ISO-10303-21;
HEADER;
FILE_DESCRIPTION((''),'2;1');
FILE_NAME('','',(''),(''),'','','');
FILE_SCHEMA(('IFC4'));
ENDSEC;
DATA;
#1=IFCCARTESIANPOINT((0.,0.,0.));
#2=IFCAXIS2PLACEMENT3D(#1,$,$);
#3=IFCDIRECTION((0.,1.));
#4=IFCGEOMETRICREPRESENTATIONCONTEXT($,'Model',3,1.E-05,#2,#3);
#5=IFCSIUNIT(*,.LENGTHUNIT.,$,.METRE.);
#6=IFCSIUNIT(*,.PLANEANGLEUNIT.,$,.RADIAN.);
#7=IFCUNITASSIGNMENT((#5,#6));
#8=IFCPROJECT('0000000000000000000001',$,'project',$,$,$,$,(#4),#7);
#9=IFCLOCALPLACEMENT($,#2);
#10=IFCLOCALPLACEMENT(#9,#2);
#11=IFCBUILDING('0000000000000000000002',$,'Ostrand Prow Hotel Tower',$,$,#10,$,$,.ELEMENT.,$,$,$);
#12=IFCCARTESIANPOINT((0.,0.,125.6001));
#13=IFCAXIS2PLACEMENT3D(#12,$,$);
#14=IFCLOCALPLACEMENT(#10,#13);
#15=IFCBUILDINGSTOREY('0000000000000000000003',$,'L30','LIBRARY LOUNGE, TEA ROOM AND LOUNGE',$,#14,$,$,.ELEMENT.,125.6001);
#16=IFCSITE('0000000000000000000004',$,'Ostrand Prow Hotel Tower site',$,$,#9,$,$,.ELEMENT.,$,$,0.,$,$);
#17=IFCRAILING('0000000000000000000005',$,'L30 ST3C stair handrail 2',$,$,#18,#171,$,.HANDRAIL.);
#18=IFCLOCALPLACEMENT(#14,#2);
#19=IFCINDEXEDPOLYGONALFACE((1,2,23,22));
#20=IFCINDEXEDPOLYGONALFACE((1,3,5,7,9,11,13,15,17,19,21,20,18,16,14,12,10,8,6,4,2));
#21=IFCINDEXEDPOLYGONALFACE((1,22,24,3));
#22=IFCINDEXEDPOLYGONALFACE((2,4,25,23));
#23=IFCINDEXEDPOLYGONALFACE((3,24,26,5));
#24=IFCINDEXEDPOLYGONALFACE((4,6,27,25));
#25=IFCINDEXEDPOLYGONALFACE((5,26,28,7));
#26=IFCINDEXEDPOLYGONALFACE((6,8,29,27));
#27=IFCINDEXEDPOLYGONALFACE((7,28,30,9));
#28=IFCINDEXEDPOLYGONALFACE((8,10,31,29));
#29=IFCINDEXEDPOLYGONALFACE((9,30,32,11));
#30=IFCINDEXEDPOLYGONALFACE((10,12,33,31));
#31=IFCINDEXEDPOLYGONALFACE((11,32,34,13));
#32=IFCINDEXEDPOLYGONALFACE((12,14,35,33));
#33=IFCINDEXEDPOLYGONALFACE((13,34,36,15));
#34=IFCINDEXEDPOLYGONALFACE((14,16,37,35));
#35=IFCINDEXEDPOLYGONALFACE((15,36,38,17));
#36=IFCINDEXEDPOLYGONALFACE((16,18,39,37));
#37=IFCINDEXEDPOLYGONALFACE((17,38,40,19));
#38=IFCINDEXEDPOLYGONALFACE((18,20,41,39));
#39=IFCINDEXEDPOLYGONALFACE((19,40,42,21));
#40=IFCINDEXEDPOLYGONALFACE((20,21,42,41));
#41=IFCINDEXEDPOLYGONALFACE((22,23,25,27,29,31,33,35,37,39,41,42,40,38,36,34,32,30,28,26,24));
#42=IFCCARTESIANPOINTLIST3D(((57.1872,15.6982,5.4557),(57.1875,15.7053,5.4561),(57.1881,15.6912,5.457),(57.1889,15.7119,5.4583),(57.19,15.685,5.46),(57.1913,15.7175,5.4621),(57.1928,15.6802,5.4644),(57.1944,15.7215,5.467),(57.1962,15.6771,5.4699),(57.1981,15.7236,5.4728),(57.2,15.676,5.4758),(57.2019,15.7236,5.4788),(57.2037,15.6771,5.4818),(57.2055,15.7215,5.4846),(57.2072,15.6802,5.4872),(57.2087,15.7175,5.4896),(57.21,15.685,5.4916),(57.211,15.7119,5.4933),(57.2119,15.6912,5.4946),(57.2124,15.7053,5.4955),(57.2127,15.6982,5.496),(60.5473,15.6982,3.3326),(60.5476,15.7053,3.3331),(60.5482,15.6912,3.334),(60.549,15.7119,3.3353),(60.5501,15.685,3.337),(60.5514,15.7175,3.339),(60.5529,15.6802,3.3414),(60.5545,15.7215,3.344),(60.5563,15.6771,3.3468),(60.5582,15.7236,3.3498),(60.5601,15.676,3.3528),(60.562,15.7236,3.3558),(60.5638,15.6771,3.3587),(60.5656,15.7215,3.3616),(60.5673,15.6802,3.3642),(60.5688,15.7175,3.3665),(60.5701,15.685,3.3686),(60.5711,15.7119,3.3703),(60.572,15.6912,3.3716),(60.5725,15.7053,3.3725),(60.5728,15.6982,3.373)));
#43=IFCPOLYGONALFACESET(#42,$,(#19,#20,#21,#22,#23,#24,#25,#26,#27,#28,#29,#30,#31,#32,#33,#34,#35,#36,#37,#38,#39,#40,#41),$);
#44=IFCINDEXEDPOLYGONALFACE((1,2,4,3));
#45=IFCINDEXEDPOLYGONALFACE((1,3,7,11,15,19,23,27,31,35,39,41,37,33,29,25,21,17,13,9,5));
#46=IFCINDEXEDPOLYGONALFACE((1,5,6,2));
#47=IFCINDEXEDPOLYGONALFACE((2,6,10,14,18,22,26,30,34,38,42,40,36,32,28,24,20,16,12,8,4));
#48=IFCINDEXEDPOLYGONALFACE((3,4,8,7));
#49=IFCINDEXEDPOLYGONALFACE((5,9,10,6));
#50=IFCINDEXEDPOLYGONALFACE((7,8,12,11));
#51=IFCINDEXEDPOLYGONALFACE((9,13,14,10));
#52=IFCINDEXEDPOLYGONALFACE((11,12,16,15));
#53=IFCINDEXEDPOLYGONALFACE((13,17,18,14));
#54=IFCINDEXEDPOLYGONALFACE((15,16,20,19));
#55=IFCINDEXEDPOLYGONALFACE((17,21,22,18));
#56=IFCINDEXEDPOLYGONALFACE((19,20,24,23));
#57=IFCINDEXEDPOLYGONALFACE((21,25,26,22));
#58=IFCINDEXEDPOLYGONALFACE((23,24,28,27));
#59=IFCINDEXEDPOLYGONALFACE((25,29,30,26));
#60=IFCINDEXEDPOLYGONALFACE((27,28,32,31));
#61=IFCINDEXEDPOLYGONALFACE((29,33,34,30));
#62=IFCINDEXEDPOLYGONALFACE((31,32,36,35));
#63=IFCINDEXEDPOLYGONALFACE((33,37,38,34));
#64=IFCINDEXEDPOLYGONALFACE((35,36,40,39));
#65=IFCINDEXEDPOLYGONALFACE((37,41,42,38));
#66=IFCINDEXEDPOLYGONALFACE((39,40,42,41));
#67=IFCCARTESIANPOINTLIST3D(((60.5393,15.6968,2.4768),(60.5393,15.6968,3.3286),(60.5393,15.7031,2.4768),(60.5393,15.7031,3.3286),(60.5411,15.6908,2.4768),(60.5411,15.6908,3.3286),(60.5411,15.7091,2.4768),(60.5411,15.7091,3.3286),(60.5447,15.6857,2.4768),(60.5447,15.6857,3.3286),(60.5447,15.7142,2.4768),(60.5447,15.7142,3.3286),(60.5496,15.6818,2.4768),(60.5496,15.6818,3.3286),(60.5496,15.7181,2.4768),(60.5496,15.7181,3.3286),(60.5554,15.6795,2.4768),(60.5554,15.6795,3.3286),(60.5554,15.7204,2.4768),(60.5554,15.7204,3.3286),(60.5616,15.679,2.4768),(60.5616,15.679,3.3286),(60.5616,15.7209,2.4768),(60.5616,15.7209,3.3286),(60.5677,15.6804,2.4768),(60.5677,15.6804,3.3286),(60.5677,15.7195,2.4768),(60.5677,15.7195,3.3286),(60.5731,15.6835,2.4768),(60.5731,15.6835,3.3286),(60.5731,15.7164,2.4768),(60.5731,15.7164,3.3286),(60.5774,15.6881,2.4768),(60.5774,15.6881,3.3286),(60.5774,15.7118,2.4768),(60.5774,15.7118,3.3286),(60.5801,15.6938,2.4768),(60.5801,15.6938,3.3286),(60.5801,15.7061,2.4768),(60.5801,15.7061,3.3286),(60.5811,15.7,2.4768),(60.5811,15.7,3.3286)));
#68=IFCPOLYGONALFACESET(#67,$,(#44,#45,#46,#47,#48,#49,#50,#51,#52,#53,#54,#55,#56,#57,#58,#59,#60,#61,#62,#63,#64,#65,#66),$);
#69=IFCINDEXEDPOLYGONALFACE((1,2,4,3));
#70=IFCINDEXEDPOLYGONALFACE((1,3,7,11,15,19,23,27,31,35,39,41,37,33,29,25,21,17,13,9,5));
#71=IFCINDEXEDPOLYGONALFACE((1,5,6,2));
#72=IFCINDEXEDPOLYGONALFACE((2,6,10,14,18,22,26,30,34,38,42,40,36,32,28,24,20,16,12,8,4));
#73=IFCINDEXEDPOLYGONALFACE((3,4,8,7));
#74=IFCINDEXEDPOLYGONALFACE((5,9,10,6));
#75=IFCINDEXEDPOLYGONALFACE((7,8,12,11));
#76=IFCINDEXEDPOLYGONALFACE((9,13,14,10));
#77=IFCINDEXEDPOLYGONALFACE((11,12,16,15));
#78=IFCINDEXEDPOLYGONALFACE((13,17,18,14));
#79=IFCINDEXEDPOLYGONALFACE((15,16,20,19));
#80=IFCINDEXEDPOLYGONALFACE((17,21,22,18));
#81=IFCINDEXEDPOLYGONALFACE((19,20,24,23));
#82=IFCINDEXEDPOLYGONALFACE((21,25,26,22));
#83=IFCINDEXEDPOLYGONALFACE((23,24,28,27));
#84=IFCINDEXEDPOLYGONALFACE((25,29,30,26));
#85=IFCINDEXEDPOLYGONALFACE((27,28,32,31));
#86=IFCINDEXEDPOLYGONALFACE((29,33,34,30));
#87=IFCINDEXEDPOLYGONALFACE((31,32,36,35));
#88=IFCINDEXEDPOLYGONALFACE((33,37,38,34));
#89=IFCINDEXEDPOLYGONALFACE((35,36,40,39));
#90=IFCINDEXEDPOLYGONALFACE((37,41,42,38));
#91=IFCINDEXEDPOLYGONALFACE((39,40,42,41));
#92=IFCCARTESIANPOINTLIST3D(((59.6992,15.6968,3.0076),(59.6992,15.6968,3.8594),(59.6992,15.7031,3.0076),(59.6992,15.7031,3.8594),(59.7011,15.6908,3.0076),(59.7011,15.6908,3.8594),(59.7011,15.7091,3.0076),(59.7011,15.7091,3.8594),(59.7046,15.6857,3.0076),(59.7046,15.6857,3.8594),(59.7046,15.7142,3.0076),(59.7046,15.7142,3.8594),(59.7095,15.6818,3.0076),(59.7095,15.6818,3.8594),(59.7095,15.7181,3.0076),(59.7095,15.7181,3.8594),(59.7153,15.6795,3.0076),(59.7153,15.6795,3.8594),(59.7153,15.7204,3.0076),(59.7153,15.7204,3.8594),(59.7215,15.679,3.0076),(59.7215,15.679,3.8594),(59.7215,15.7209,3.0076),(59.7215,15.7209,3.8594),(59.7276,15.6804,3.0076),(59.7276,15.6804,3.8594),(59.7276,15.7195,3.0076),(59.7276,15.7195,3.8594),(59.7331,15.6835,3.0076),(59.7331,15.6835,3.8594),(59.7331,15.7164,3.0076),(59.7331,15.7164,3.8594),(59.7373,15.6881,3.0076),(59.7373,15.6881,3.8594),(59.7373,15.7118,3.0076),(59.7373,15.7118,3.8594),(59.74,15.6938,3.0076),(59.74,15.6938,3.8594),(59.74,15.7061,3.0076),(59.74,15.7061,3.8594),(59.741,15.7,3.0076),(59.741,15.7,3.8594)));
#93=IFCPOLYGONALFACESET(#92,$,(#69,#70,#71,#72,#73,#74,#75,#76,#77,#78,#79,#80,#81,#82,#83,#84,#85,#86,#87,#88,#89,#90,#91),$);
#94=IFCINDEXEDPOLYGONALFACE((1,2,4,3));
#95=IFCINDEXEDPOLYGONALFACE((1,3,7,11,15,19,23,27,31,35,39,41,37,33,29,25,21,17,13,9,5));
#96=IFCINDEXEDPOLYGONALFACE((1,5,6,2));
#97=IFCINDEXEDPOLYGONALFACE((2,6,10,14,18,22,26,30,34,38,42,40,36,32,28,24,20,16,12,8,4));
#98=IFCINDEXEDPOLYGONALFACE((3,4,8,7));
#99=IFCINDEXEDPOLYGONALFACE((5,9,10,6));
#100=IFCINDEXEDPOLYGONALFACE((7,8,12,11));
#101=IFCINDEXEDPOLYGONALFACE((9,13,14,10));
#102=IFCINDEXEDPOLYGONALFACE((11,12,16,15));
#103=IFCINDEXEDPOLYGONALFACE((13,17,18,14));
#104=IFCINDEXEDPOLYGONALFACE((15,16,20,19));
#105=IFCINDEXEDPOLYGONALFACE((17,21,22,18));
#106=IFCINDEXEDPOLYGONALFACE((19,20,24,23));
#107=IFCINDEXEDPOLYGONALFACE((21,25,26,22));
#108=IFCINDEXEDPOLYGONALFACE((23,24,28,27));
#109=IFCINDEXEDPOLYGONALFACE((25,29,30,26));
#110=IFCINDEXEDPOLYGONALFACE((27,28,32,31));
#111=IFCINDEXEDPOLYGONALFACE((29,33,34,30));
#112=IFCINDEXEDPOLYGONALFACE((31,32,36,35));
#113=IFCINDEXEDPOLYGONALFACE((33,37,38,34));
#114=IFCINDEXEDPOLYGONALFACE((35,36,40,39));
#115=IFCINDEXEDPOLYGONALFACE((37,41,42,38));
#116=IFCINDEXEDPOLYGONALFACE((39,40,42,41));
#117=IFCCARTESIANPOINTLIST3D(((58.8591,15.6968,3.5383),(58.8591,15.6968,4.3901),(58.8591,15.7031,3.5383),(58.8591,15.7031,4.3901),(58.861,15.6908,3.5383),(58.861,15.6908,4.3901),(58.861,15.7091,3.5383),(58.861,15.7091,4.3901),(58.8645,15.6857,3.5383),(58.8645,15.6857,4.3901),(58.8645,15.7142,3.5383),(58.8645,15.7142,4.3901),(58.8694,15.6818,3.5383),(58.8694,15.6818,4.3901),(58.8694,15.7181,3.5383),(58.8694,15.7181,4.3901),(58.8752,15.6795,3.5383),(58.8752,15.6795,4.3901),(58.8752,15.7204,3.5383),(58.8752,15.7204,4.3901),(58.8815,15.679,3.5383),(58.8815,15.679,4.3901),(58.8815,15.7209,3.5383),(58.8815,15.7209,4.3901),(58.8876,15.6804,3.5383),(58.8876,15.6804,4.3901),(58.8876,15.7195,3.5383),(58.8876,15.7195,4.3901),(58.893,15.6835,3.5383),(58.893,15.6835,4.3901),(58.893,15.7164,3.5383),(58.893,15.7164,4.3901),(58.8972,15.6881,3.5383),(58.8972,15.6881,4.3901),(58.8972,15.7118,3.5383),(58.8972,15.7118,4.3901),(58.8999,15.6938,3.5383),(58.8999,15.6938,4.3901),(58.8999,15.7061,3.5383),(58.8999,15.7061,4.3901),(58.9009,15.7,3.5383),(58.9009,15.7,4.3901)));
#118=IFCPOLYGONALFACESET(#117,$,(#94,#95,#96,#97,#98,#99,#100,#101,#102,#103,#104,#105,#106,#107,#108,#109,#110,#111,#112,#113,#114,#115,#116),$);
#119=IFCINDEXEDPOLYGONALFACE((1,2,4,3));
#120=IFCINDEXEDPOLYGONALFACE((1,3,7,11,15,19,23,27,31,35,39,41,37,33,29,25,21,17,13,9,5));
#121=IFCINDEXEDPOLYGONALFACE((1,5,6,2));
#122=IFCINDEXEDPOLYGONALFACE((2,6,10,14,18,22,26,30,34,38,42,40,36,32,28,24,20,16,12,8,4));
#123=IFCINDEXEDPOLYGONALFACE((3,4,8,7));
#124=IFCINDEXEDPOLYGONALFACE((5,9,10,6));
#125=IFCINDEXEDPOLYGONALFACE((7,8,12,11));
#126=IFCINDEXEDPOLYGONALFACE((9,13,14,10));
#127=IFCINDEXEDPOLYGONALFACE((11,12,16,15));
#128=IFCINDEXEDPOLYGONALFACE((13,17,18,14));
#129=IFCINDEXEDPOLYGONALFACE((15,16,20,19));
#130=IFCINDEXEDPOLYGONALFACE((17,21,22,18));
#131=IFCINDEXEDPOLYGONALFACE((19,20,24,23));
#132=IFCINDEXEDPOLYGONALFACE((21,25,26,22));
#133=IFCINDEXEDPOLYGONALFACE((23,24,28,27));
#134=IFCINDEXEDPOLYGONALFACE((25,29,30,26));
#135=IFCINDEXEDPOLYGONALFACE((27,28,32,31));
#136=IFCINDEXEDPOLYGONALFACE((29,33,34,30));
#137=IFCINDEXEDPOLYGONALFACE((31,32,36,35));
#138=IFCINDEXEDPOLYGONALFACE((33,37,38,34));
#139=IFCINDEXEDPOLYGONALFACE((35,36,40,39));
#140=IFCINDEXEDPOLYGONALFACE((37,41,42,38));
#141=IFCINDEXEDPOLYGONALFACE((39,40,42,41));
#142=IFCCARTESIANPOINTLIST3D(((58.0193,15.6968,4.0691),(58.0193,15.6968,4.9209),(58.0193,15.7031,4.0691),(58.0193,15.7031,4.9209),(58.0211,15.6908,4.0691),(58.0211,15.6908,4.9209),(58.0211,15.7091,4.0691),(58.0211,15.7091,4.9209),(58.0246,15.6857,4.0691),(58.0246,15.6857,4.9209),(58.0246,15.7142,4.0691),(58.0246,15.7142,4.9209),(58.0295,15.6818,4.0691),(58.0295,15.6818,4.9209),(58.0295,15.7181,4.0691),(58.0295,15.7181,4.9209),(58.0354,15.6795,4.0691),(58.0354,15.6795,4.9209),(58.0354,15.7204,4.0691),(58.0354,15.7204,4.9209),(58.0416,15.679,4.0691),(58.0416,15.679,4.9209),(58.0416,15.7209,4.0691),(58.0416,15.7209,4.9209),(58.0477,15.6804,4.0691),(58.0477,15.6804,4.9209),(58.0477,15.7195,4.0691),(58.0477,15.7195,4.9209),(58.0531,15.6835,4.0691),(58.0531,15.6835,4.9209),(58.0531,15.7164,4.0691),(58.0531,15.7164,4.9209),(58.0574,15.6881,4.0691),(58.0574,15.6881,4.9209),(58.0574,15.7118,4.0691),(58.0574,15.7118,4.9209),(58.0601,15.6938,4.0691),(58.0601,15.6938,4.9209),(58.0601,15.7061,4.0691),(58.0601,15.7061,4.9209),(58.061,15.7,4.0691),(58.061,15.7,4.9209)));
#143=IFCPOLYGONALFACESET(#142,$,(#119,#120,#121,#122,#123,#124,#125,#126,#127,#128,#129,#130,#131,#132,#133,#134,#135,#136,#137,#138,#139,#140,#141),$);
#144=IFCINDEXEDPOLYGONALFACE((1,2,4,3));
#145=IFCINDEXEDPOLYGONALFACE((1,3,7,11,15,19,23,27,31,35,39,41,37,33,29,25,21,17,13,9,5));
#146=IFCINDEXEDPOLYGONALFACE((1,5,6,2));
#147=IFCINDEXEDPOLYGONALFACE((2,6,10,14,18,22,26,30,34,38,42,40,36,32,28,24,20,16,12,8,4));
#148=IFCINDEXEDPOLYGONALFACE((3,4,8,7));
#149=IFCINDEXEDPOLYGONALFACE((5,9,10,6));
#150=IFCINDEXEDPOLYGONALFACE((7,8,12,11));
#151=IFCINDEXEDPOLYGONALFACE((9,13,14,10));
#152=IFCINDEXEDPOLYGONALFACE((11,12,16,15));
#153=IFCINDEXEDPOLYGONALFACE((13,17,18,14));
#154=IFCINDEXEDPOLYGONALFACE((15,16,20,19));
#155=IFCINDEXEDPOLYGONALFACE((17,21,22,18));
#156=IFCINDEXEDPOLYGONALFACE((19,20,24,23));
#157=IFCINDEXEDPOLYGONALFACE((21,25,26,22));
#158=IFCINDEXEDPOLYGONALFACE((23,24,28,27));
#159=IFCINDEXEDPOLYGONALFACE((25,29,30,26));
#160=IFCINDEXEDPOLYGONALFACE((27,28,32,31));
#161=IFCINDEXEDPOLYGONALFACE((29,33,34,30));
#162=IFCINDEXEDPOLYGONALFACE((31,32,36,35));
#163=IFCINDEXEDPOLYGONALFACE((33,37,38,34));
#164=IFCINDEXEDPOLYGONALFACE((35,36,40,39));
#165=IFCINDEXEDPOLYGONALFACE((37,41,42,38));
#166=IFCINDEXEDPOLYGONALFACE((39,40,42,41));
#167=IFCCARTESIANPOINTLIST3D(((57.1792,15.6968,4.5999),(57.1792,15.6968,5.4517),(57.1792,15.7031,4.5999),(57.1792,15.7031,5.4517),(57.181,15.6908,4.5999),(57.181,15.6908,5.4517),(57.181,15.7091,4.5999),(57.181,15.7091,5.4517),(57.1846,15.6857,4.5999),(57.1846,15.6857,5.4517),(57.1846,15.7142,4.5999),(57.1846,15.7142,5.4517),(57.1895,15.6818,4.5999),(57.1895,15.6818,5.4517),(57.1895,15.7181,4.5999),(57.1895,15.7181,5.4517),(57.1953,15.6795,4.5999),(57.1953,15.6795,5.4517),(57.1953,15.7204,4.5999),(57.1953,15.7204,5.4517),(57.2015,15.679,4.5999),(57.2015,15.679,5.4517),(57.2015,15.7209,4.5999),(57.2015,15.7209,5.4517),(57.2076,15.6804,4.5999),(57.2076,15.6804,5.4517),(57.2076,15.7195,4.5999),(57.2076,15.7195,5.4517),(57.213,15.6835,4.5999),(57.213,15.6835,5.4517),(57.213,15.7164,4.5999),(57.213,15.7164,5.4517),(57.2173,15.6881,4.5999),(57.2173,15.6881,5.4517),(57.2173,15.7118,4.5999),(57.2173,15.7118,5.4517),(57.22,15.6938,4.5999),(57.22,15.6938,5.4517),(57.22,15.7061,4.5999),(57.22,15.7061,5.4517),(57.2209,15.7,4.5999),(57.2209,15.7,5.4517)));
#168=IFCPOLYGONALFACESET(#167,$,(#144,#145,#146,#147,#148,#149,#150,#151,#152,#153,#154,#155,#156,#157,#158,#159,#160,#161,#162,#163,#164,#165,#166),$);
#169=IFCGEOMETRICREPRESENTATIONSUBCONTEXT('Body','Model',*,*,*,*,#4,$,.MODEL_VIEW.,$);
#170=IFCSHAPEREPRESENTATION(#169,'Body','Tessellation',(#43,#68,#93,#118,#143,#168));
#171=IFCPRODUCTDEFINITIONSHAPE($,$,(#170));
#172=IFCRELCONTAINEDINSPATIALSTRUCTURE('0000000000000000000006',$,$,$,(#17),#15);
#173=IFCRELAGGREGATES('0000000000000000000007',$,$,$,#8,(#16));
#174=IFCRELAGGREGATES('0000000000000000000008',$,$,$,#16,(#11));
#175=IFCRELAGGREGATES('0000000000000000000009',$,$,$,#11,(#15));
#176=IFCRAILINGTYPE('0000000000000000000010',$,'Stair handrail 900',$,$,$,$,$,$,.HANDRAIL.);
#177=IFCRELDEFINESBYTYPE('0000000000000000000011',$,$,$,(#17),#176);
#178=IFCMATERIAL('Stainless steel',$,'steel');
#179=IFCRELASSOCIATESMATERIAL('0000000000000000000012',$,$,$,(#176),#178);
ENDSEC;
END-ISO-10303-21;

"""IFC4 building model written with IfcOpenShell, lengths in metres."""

from ifc_helpers import new_model, si_unit, direction, frame, origin, origin_2d, place, context, subcontext, project, spatial, circle, extrude, material, type_object, element, save


model = new_model("IFC4")

# Units and contexts
model_context = context("Model", 3, precision=1e-05, world=origin(), true_north=direction((0.0, 1.0)))
body_context = subcontext(model_context, "Body", "Model", "MODEL_VIEW")
ifc_project = project(units=[si_unit("LENGTHUNIT", "METRE"), si_unit("PLANEANGLEUNIT", "RADIAN")], contexts=[model_context])

# Site, building, storey
site_placement = place(None, origin())
site = spatial("IfcSite", under=ifc_project, at=site_placement, Name="Ostrand Prow Hotel Tower site", CompositionType="ELEMENT", RefElevation=0.0)
building_placement = place(site_placement, origin())
building = spatial("IfcBuilding", under=site, at=building_placement, Name="Ostrand Prow Hotel Tower", CompositionType="ELEMENT")
storey_placement = place(building_placement, frame((0.0, 0.0, 125.6001)))
storey = spatial("IfcBuildingStorey", under=building, at=storey_placement, Name="L30", Description="LIBRARY LOUNGE, TEA ROOM AND LOUNGE", CompositionType="ELEMENT", Elevation=125.6001)

# Railing
ifc_material_1 = material(Name="Stainless steel", Category="steel")
railing_type_1 = type_object("IfcRailingType", Name="Stair handrail 900", PredefinedType="HANDRAIL", material=ifc_material_1)
railing_1_placement = place(storey_placement, frame((60.5601, 15.7, 2.4768)))
element("IfcRailing", 1, at=railing_1_placement, inside=storey, type_object=railing_type_1, Name="L30 ST3C stair handrail 2", PredefinedType="HANDRAIL", context=body_context, shape_type="SweptSolid", body=[
    extrude(circle(Radius=0.0239, at=origin_2d()), frame((0.0, 0.0, 0.876), z_axis=(-0.84539, 0.0, 0.53415), x_axis=(0.0, -1.0, 0.0)), (0.0, 0.0, 1.0), 3.9746),
    extrude(circle(Radius=0.021, at=origin_2d()), origin(), (0.0, 0.0, 1.0), 0.8518),
    extrude(circle(Radius=0.021, at=origin_2d()), frame((-0.8401, 0.0, 0.5308)), (0.0, 0.0, 1.0), 0.8518),
    extrude(circle(Radius=0.021, at=origin_2d()), frame((-1.6802, 0.0, 1.0615)), (0.0, 0.0, 1.0), 0.8518),
    extrude(circle(Radius=0.021, at=origin_2d()), frame((-2.52, 0.0, 1.5923)), (0.0, 0.0, 1.0), 0.8518),
    extrude(circle(Radius=0.021, at=origin_2d()), frame((-3.3601, 0.0, 2.123)), (0.0, 0.0, 1.0), 0.8518),
])

save(model, "model.ifc")
